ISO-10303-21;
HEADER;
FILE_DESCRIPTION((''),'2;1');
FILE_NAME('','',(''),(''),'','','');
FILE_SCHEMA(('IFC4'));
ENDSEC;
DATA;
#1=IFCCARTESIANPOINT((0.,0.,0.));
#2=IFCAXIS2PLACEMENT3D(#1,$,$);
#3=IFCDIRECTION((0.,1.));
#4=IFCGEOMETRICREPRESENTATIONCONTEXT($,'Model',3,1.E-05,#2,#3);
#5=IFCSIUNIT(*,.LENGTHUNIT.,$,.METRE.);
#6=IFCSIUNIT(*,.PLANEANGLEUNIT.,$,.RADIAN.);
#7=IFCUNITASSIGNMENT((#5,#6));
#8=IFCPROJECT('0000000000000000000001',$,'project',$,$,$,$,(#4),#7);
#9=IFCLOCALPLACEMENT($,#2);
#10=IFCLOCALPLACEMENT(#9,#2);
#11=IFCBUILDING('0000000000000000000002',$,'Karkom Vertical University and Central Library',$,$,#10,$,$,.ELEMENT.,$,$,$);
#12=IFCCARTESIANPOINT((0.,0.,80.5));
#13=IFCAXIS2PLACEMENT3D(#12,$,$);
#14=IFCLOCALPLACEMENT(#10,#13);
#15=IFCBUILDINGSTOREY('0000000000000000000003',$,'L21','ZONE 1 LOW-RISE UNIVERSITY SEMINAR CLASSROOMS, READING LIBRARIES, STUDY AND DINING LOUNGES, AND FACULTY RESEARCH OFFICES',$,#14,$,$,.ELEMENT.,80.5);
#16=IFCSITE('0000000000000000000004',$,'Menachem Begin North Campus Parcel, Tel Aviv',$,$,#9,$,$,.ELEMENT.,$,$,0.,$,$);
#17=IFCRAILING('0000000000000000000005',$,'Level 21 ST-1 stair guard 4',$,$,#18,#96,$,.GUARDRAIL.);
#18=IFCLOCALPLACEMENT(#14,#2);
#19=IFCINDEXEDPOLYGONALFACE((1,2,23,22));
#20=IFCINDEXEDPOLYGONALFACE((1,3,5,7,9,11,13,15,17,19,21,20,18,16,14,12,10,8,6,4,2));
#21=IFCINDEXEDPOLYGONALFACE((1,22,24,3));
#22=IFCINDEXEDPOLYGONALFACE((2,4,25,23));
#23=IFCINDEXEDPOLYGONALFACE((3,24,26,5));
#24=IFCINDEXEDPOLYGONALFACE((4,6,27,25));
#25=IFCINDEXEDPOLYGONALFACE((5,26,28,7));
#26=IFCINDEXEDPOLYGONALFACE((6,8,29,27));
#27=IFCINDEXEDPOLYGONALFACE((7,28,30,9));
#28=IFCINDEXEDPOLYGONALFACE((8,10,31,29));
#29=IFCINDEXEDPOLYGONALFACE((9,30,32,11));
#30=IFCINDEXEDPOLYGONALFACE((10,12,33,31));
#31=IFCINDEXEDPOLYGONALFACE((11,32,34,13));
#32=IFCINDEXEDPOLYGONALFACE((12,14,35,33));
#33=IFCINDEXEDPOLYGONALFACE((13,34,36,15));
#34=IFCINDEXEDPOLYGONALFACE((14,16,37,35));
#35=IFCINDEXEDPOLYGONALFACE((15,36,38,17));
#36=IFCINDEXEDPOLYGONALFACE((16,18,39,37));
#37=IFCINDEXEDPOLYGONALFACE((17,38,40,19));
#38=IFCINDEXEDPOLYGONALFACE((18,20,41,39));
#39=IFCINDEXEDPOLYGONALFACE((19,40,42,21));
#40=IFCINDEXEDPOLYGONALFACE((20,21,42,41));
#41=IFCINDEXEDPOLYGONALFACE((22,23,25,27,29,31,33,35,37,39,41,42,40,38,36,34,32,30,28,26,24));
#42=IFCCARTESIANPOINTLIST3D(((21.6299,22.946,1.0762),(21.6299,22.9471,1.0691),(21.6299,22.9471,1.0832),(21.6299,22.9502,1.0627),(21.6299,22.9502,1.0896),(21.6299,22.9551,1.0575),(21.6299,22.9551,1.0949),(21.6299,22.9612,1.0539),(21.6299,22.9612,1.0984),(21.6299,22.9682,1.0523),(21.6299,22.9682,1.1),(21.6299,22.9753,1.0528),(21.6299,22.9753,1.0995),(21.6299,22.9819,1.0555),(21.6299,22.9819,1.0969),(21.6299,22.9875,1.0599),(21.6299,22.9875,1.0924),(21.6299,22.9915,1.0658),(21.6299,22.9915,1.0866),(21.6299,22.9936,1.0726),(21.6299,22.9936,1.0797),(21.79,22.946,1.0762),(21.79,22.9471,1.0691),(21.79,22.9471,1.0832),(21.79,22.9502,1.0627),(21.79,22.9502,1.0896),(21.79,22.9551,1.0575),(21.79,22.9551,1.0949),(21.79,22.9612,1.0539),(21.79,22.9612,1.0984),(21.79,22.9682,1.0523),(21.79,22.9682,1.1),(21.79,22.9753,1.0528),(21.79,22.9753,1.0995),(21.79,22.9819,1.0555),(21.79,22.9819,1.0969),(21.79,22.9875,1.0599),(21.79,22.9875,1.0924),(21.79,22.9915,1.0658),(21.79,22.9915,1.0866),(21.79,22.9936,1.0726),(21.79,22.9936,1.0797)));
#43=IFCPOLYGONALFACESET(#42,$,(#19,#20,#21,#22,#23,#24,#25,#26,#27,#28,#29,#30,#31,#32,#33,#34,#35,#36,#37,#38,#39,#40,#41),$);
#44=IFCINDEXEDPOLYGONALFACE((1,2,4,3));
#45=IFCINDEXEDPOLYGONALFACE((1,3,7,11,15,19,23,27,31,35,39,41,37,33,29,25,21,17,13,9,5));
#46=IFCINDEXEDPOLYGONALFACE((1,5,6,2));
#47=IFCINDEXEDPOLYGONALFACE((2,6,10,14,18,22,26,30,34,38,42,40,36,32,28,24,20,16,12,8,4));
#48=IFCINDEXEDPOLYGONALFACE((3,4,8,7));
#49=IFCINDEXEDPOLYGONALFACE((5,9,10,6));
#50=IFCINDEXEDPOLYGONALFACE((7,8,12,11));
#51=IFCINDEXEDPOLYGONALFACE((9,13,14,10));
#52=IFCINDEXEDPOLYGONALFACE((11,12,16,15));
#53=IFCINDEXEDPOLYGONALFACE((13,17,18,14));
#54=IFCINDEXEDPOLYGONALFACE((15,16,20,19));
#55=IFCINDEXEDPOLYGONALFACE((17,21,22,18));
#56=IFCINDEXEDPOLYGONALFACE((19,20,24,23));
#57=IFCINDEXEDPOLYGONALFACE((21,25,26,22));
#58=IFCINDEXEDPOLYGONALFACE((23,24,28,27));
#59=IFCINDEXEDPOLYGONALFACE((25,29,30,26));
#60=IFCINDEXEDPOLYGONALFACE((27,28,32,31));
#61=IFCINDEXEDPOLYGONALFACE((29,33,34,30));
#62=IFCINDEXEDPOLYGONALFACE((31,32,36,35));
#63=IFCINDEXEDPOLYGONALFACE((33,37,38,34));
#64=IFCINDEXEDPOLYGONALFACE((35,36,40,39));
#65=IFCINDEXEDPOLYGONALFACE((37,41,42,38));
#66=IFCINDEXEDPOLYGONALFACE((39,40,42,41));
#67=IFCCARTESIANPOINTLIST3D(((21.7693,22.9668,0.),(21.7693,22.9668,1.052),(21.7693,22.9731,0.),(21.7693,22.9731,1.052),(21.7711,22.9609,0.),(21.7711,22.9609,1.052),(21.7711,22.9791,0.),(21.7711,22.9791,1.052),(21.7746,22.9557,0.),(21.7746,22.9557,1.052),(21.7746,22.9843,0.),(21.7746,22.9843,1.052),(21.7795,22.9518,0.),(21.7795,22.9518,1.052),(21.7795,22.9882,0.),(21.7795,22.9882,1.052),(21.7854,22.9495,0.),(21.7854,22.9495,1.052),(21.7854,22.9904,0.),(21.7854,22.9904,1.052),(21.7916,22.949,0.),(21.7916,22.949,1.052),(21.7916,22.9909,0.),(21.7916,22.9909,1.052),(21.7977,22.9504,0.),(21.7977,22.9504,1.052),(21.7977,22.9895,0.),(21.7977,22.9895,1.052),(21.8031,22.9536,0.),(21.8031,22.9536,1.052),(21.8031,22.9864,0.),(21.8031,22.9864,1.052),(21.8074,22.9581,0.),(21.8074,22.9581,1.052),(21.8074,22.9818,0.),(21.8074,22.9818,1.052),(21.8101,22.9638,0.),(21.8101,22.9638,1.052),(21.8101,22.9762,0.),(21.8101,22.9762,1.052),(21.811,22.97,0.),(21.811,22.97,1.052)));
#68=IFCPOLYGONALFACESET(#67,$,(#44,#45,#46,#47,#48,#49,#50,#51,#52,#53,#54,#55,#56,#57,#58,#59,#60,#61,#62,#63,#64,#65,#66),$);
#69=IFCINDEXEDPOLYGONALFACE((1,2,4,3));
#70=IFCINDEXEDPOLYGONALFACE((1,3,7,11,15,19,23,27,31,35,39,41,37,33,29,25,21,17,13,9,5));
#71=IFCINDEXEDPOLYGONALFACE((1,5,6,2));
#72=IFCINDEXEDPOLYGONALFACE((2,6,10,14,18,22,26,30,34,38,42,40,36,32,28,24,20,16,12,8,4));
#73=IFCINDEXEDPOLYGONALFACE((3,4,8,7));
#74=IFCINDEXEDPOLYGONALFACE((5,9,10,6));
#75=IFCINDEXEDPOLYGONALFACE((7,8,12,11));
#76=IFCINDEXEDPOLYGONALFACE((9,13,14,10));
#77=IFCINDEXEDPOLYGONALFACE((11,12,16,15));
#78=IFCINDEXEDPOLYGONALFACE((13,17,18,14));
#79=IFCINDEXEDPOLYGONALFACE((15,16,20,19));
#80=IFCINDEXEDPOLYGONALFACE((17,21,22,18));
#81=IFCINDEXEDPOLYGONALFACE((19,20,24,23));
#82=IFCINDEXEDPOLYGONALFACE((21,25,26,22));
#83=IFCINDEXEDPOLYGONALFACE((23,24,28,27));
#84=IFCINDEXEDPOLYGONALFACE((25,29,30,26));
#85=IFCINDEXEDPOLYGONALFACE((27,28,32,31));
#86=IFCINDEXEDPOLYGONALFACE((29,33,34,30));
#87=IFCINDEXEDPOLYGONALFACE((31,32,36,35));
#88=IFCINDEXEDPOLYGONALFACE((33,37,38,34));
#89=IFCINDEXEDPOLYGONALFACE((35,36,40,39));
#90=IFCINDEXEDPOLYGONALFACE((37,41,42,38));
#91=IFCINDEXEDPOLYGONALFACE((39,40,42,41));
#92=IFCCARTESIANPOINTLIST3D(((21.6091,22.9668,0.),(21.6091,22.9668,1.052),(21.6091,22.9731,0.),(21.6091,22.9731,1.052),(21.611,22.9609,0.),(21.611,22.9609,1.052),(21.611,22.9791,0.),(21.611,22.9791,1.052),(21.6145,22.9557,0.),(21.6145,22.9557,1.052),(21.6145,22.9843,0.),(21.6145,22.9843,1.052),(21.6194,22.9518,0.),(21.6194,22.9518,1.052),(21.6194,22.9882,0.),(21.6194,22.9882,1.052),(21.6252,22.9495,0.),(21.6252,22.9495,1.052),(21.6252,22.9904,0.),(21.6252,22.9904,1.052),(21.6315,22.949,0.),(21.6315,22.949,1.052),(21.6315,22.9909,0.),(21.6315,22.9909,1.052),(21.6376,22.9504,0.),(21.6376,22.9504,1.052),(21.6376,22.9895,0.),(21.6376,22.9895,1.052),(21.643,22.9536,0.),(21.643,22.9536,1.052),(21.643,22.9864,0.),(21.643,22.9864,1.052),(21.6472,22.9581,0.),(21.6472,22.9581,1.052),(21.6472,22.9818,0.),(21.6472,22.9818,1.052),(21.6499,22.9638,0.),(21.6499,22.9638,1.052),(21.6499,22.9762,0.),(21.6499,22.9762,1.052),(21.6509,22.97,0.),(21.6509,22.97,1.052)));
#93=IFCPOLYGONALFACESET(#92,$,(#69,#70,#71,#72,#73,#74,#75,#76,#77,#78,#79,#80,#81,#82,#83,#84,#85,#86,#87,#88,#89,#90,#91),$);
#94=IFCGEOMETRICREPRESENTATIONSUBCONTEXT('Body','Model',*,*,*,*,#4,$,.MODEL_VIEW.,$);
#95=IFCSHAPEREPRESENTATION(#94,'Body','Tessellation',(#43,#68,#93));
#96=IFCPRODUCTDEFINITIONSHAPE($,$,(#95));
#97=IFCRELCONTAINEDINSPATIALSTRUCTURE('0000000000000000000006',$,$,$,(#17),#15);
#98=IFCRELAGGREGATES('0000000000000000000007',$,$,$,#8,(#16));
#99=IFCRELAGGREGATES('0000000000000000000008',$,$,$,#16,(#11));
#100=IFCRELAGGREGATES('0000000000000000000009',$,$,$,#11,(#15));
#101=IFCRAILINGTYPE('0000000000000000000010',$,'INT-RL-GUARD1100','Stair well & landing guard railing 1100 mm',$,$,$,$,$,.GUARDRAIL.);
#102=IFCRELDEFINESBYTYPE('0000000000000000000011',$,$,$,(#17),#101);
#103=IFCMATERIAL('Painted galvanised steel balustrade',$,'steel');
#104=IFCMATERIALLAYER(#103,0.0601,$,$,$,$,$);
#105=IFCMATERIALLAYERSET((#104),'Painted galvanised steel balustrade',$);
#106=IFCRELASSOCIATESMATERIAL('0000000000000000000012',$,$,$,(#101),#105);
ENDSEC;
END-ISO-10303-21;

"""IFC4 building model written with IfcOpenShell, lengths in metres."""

from ifc_helpers import new_model, si_unit, direction, frame, origin, origin_2d, place, context, subcontext, project, spatial, circle, extrude, material, layer, layer_set, type_object, element, save


model = new_model("IFC4")

# Units and contexts
model_context = context("Model", 3, precision=1e-05, world=origin(), true_north=direction((0.0, 1.0)))
body_context = subcontext(model_context, "Body", "Model", "MODEL_VIEW")
ifc_project = project(units=[si_unit("LENGTHUNIT", "METRE"), si_unit("PLANEANGLEUNIT", "RADIAN")], contexts=[model_context])

# Site, building, storey
site_placement = place(None, origin())
site = spatial("IfcSite", under=ifc_project, at=site_placement, Name="Menachem Begin North Campus Parcel, Tel Aviv", CompositionType="ELEMENT", RefElevation=0.0)
building_placement = place(site_placement, origin())
building = spatial("IfcBuilding", under=site, at=building_placement, Name="Karkom Vertical University and Central Library", CompositionType="ELEMENT")
storey_placement = place(building_placement, frame((0.0, 0.0, 80.5)))
storey = spatial("IfcBuildingStorey", under=building, at=storey_placement, Name="L21", Description="ZONE 1 LOW-RISE UNIVERSITY SEMINAR CLASSROOMS, READING LIBRARIES, STUDY AND DINING LOUNGES, AND FACULTY RESEARCH OFFICES", CompositionType="ELEMENT", Elevation=80.5)

# Railing
ifc_material_1 = material(Name="Painted galvanised steel balustrade", Category="steel")
ifc_layer_1 = layer(ifc_material_1, 0.0601)
ifc_layer_set_1 = layer_set([ifc_layer_1], Name="Painted galvanised steel balustrade")
railing_type_1 = type_object("IfcRailingType", Name="INT-RL-GUARD1100", Description="Stair well & landing guard railing 1100 mm", PredefinedType="GUARDRAIL", material=ifc_layer_set_1)
railing_1_placement = place(storey_placement, frame((21.79, 22.97, 0.0)))
element("IfcRailing", 1, at=railing_1_placement, inside=storey, type_object=railing_type_1, Name="Level 21 ST-1 stair guard 4", PredefinedType="GUARDRAIL", context=body_context, shape_type="SweptSolid", body=[
    extrude(circle(Radius=0.0239, at=origin_2d()), frame((0.0, 0.0, 1.0762), z_axis=(-1.0, 0.0, 0.0), x_axis=(0.0, -1.0, 0.0)), (0.0, 0.0, 1.0), 0.1602),
    extrude(circle(Radius=0.021, at=origin_2d()), origin(), (0.0, 0.0, 1.0), 1.052),
    extrude(circle(Radius=0.021, at=origin_2d()), frame((-0.1602, 0.0, 0.0)), (0.0, 0.0, 1.0), 1.052),
])

save(model, "model.ifc")
